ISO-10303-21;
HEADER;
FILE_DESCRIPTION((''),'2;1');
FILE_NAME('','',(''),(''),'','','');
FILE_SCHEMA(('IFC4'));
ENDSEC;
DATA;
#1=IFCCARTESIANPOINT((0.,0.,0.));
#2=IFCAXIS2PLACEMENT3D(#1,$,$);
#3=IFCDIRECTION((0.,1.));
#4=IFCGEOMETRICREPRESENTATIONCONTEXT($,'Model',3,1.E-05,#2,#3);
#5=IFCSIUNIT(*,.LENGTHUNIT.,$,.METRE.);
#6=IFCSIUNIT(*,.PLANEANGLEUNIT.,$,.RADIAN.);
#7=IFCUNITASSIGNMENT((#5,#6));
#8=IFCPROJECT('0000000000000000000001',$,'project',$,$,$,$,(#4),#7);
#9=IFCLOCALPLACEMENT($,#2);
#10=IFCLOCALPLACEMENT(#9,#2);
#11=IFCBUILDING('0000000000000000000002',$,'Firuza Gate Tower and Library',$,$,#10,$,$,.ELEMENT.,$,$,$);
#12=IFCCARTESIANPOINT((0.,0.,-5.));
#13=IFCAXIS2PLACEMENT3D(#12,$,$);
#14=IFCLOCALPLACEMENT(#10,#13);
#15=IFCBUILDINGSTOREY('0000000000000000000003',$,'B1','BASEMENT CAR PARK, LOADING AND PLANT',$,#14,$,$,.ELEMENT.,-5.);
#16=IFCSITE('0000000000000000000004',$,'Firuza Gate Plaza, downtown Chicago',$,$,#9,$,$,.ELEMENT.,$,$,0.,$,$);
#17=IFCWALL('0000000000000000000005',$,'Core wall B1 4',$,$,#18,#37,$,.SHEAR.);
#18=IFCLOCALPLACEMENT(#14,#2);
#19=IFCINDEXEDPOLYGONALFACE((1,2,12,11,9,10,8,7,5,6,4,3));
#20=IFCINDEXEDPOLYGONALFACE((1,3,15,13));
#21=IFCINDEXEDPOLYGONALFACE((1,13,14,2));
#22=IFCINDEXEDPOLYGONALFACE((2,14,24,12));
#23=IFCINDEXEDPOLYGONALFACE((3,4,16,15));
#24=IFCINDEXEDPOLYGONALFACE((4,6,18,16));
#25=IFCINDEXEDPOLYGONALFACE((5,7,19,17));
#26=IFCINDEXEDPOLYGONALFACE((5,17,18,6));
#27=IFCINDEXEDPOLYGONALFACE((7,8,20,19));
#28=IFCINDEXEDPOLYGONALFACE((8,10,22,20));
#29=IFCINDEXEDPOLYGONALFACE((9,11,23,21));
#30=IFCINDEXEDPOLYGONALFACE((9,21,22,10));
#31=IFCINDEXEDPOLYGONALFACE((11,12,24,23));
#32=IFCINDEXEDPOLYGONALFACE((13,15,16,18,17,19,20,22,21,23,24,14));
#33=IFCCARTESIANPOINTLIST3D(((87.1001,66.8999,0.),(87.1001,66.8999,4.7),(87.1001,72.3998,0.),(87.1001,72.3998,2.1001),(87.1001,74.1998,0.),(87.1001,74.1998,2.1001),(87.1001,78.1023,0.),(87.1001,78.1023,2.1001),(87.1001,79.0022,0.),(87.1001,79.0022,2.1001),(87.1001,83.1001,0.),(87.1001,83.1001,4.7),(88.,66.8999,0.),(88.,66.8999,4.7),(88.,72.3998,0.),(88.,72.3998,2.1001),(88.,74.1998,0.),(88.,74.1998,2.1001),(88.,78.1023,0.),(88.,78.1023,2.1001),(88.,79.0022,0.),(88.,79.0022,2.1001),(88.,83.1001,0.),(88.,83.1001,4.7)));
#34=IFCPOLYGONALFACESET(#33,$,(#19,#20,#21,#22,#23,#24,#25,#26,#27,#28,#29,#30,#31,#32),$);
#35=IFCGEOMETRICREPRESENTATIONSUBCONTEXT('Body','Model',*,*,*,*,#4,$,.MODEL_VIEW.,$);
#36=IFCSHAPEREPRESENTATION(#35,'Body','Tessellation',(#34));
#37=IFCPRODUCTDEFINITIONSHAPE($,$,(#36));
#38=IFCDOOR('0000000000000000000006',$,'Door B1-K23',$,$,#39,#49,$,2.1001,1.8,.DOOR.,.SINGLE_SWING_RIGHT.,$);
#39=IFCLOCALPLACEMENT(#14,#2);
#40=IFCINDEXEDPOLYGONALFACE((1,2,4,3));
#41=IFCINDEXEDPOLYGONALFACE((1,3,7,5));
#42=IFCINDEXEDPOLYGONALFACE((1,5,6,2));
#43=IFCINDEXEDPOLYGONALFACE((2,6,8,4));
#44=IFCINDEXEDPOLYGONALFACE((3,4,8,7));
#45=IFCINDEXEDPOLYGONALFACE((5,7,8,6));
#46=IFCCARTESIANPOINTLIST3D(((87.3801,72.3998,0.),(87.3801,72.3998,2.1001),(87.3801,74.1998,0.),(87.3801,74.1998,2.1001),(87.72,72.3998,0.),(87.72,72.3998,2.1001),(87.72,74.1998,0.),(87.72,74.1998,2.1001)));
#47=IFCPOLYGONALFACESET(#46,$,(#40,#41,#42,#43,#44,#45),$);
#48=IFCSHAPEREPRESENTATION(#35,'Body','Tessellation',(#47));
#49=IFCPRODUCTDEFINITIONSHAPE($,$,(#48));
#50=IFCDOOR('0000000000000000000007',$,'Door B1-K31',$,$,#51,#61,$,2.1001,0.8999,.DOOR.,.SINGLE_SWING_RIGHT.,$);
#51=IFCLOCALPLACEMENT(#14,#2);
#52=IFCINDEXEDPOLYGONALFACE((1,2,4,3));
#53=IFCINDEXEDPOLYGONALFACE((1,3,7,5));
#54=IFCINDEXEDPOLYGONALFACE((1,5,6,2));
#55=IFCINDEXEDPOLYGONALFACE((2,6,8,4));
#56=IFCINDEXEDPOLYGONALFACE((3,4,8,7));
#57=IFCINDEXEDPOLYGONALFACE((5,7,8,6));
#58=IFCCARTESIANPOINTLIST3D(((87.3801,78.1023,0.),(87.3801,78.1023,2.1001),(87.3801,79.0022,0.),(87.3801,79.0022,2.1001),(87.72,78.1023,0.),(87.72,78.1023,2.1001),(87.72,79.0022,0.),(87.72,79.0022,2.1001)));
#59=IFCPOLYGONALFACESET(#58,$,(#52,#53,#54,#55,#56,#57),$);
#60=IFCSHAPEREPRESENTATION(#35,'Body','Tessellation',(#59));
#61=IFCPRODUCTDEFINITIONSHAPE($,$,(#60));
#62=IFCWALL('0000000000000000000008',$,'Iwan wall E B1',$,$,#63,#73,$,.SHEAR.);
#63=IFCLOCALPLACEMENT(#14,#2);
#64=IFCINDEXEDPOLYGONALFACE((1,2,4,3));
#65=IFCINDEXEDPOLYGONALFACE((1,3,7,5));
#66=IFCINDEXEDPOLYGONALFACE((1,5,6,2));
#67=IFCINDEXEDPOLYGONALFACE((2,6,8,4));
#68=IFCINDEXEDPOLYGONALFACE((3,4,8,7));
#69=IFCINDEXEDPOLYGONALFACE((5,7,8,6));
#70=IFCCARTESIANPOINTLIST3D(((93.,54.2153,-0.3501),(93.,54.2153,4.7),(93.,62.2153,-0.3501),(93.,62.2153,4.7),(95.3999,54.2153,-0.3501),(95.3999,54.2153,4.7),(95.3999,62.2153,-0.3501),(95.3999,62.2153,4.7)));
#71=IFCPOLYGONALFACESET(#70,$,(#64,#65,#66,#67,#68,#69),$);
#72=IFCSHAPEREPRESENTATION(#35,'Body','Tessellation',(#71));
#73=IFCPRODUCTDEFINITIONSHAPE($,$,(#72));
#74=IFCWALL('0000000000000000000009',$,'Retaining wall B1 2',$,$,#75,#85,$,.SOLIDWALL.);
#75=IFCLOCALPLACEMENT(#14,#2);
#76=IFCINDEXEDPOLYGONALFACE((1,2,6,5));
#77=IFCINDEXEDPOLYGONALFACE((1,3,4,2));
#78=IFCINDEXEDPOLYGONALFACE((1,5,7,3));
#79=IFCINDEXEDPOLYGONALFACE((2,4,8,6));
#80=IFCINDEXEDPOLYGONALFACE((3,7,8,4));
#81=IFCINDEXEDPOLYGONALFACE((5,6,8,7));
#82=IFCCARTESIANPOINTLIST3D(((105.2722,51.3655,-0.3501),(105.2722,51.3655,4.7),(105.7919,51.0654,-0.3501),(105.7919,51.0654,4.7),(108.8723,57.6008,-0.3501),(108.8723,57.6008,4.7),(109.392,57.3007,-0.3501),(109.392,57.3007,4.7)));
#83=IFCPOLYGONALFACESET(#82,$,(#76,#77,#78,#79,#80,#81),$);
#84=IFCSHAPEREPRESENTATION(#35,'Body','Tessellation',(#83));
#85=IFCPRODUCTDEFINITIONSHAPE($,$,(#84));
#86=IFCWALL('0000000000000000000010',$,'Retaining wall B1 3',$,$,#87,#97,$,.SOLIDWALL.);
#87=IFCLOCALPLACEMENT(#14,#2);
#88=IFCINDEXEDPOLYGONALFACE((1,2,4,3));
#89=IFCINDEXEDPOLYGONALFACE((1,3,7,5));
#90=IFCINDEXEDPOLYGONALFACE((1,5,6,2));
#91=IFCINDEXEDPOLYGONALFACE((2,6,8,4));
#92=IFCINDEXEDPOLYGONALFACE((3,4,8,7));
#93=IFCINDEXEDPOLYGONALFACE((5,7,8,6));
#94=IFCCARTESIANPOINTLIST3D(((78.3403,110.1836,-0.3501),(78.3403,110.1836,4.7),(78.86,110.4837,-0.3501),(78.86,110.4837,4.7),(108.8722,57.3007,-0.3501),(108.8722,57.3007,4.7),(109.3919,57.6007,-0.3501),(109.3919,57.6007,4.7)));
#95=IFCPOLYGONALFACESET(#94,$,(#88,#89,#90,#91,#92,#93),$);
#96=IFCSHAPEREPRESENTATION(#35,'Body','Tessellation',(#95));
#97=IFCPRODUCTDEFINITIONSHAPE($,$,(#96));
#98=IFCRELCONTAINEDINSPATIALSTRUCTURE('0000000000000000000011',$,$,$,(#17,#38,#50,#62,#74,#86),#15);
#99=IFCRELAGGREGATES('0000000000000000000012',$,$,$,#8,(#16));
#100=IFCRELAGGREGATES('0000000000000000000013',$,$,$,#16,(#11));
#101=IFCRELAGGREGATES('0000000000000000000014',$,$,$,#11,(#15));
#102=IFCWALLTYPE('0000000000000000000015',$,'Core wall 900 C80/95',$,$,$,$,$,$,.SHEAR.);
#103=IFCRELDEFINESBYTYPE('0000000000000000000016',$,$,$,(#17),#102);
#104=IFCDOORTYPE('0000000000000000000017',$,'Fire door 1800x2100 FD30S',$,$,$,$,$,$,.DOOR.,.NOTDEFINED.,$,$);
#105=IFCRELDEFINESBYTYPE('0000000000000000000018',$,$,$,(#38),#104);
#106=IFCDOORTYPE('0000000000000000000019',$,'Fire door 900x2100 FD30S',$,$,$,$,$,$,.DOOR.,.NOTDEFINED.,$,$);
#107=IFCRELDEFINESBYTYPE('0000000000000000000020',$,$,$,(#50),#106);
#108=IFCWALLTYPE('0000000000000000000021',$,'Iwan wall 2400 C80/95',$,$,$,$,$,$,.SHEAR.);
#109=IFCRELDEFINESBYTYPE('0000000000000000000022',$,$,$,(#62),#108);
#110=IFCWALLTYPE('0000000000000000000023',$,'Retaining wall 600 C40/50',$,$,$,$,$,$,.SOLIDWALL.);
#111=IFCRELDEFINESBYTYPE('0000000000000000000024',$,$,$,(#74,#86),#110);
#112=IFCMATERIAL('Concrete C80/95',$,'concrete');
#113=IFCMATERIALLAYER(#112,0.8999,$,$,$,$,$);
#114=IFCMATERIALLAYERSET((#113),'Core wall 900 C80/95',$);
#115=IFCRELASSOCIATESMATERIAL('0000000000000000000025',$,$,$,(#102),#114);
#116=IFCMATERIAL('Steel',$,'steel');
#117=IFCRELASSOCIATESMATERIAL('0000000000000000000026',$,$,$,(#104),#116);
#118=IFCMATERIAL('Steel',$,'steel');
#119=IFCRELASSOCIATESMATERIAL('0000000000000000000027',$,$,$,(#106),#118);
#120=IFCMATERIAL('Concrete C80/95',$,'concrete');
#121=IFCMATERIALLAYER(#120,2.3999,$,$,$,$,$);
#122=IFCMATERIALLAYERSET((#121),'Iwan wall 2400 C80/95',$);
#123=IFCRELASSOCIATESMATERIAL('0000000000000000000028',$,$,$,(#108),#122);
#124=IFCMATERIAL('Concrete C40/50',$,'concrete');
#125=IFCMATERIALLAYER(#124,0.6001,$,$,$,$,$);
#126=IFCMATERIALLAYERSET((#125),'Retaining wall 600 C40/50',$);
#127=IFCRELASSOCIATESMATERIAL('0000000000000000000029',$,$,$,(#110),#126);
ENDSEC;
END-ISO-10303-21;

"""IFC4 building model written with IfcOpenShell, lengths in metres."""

from ifc_helpers import new_model, si_unit, direction, frame, frame_2d, origin, place, context, subcontext, project, spatial, rectangle, extrude, material, layer, layer_set, type_object, element, fill, save


model = new_model("IFC4")

# Units and contexts
model_context = context("Model", 3, precision=1e-05, world=origin(), true_north=direction((0.0, 1.0)))
body_context = subcontext(model_context, "Body", "Model", "MODEL_VIEW")
ifc_project = project(units=[si_unit("LENGTHUNIT", "METRE"), si_unit("PLANEANGLEUNIT", "RADIAN")], contexts=[model_context])

# Site, building, storey
site_placement = place(None, origin())
site = spatial("IfcSite", under=ifc_project, at=site_placement, Name="Firuza Gate Plaza, downtown Chicago", CompositionType="ELEMENT", RefElevation=0.0)
building_placement = place(site_placement, origin())
building = spatial("IfcBuilding", under=site, at=building_placement, Name="Firuza Gate Tower and Library", CompositionType="ELEMENT")
storey_placement = place(building_placement, frame((0.0, 0.0, -5.0)))
storey = spatial("IfcBuildingStorey", under=building, at=storey_placement, Name="B1", Description="BASEMENT CAR PARK, LOADING AND PLANT", CompositionType="ELEMENT", Elevation=-5.0)

# Wall, openings, doors
ifc_material_1 = material(Name="Concrete C80/95", Category="concrete")
ifc_layer_1 = layer(ifc_material_1, 0.8999)
ifc_layer_set_1 = layer_set([ifc_layer_1], Name="Core wall 900 C80/95")
wall_type_1 = type_object("IfcWallType", Name="Core wall 900 C80/95", PredefinedType="SHEAR", material=ifc_layer_set_1)
wall_1_placement = place(storey_placement, frame((87.55, 66.8999, 0.0), z_axis=(0.0, 0.0, 1.0), x_axis=(0.0, 1.0, 0.0)))
wall_1 = element("IfcWall", 1, at=wall_1_placement, inside=storey, type_object=wall_type_1, Name="Core wall B1 4", PredefinedType="SHEAR", context=body_context, shape_type="SweptSolid", body=[
    extrude(rectangle(XDim=16.2002, YDim=0.8999, at=frame_2d((8.1001, 0.0))), origin(), (0.0, 0.0, 1.0), 4.7),
])
opening_1_placement = place(wall_1_placement, frame((5.5, 0.0, 0.0)))
opening_1 = element("IfcOpeningElement", 2, at=opening_1_placement, cuts=wall_1, PredefinedType="OPENING", context=body_context, shape_type="SweptSolid", body=[
    extrude(rectangle(XDim=1.8, YDim=2.1001, at=frame_2d((0.8999, 1.05))), frame((0.0, 0.46, 0.0), z_axis=(0.0, -1.0, 0.0), x_axis=(1.0, 0.0, 0.0)), (0.0, 0.0, 1.0), 0.9199),
])
opening_2_placement = place(wall_1_placement, frame((11.2024, 0.0, 0.0)))
opening_2 = element("IfcOpeningElement", 3, at=opening_2_placement, cuts=wall_1, PredefinedType="OPENING", context=body_context, shape_type="SweptSolid", body=[
    extrude(rectangle(XDim=0.8999, YDim=2.1001, at=frame_2d((0.45, 1.05))), frame((0.0, 0.46, 0.0), z_axis=(0.0, -1.0, 0.0), x_axis=(1.0, 0.0, 0.0)), (0.0, 0.0, 1.0), 0.9199),
])
ifc_material_2 = material(Name="Steel", Category="steel")
door_type_1 = type_object("IfcDoorType", Name="Fire door 1800x2100 FD30S", OperationType="NOTDEFINED", PredefinedType="DOOR", material=ifc_material_2)
door_1_placement = place(opening_1_placement, origin())
door_1 = element("IfcDoor", 4, at=door_1_placement, inside=storey, type_object=door_type_1, Name="Door B1-K23", OperationType="SINGLE_SWING_RIGHT", OverallHeight=2.1001, OverallWidth=1.8, PredefinedType="DOOR", context=body_context, shape_type="SweptSolid", body=[
    extrude(rectangle(XDim=1.8, YDim=2.1001, at=frame_2d((0.8999, 1.05))), frame((0.0, 0.1699, 0.0), z_axis=(0.0, -1.0, 0.0), x_axis=(1.0, 0.0, 0.0)), (0.0, 0.0, 1.0), 0.3398),
])
fill(opening_1, door_1)
ifc_material_3 = material(Name="Steel", Category="steel")
door_type_2 = type_object("IfcDoorType", Name="Fire door 900x2100 FD30S", OperationType="NOTDEFINED", PredefinedType="DOOR", material=ifc_material_3)
door_2_placement = place(opening_2_placement, origin())
door_2 = element("IfcDoor", 5, at=door_2_placement, inside=storey, type_object=door_type_2, Name="Door B1-K31", OperationType="SINGLE_SWING_RIGHT", OverallHeight=2.1001, OverallWidth=0.8999, PredefinedType="DOOR", context=body_context, shape_type="SweptSolid", body=[
    extrude(rectangle(XDim=0.8999, YDim=2.1001, at=frame_2d((0.45, 1.05))), frame((0.0, 0.1699, 0.0), z_axis=(0.0, -1.0, 0.0), x_axis=(1.0, 0.0, 0.0)), (0.0, 0.0, 1.0), 0.3398),
])
fill(opening_2, door_2)

# Walls
ifc_material_4 = material(Name="Concrete C80/95", Category="concrete")
ifc_layer_2 = layer(ifc_material_4, 2.3999)
ifc_layer_set_2 = layer_set([ifc_layer_2], Name="Iwan wall 2400 C80/95")
wall_type_2 = type_object("IfcWallType", Name="Iwan wall 2400 C80/95", PredefinedType="SHEAR", material=ifc_layer_set_2)
wall_2_placement = place(storey_placement, frame((94.2, 54.2153, -0.3501), z_axis=(0.0, 0.0, 1.0), x_axis=(0.0, 1.0, 0.0)))
element("IfcWall", 6, at=wall_2_placement, inside=storey, type_object=wall_type_2, Name="Iwan wall E B1", PredefinedType="SHEAR", context=body_context, shape_type="SweptSolid", body=[
    extrude(rectangle(XDim=8.0, YDim=2.3999, at=frame_2d((4.0, 0.0))), origin(), (0.0, 0.0, 1.0), 5.05),
])
ifc_material_5 = material(Name="Concrete C40/50", Category="concrete")
ifc_layer_3 = layer(ifc_material_5, 0.6001)
ifc_layer_set_3 = layer_set([ifc_layer_3], Name="Retaining wall 600 C40/50")
wall_type_3 = type_object("IfcWallType", Name="Retaining wall 600 C40/50", PredefinedType="SOLIDWALL", material=ifc_layer_set_3)
wall_3_placement = place(storey_placement, frame((105.532, 51.2153, -0.3501), z_axis=(0.0, 0.0, 1.0), x_axis=(0.500012, 0.866018, 0.0)))
element("IfcWall", 7, at=wall_3_placement, inside=storey, type_object=wall_type_3, Name="Retaining wall B1 2", PredefinedType="SOLIDWALL", context=body_context, shape_type="SweptSolid", body=[
    extrude(rectangle(XDim=7.2, YDim=0.6001, at=frame_2d((3.6001, 0.0))), origin(), (0.0, 0.0, 1.0), 5.05),
])
wall_4_placement = place(storey_placement, frame((109.1321, 57.4507, -0.3501), z_axis=(0.0, 0.0, 1.0), x_axis=(-0.499999, 0.866026, 0.0)))
element("IfcWall", 8, at=wall_4_placement, inside=storey, type_object=wall_type_3, Name="Retaining wall B1 3", PredefinedType="SOLIDWALL", context=body_context, shape_type="SweptSolid", body=[
    extrude(rectangle(XDim=61.064, YDim=0.6001, at=frame_2d((30.532, 0.0))), origin(), (0.0, 0.0, 1.0), 5.05),
])

save(model, "model.ifc")
